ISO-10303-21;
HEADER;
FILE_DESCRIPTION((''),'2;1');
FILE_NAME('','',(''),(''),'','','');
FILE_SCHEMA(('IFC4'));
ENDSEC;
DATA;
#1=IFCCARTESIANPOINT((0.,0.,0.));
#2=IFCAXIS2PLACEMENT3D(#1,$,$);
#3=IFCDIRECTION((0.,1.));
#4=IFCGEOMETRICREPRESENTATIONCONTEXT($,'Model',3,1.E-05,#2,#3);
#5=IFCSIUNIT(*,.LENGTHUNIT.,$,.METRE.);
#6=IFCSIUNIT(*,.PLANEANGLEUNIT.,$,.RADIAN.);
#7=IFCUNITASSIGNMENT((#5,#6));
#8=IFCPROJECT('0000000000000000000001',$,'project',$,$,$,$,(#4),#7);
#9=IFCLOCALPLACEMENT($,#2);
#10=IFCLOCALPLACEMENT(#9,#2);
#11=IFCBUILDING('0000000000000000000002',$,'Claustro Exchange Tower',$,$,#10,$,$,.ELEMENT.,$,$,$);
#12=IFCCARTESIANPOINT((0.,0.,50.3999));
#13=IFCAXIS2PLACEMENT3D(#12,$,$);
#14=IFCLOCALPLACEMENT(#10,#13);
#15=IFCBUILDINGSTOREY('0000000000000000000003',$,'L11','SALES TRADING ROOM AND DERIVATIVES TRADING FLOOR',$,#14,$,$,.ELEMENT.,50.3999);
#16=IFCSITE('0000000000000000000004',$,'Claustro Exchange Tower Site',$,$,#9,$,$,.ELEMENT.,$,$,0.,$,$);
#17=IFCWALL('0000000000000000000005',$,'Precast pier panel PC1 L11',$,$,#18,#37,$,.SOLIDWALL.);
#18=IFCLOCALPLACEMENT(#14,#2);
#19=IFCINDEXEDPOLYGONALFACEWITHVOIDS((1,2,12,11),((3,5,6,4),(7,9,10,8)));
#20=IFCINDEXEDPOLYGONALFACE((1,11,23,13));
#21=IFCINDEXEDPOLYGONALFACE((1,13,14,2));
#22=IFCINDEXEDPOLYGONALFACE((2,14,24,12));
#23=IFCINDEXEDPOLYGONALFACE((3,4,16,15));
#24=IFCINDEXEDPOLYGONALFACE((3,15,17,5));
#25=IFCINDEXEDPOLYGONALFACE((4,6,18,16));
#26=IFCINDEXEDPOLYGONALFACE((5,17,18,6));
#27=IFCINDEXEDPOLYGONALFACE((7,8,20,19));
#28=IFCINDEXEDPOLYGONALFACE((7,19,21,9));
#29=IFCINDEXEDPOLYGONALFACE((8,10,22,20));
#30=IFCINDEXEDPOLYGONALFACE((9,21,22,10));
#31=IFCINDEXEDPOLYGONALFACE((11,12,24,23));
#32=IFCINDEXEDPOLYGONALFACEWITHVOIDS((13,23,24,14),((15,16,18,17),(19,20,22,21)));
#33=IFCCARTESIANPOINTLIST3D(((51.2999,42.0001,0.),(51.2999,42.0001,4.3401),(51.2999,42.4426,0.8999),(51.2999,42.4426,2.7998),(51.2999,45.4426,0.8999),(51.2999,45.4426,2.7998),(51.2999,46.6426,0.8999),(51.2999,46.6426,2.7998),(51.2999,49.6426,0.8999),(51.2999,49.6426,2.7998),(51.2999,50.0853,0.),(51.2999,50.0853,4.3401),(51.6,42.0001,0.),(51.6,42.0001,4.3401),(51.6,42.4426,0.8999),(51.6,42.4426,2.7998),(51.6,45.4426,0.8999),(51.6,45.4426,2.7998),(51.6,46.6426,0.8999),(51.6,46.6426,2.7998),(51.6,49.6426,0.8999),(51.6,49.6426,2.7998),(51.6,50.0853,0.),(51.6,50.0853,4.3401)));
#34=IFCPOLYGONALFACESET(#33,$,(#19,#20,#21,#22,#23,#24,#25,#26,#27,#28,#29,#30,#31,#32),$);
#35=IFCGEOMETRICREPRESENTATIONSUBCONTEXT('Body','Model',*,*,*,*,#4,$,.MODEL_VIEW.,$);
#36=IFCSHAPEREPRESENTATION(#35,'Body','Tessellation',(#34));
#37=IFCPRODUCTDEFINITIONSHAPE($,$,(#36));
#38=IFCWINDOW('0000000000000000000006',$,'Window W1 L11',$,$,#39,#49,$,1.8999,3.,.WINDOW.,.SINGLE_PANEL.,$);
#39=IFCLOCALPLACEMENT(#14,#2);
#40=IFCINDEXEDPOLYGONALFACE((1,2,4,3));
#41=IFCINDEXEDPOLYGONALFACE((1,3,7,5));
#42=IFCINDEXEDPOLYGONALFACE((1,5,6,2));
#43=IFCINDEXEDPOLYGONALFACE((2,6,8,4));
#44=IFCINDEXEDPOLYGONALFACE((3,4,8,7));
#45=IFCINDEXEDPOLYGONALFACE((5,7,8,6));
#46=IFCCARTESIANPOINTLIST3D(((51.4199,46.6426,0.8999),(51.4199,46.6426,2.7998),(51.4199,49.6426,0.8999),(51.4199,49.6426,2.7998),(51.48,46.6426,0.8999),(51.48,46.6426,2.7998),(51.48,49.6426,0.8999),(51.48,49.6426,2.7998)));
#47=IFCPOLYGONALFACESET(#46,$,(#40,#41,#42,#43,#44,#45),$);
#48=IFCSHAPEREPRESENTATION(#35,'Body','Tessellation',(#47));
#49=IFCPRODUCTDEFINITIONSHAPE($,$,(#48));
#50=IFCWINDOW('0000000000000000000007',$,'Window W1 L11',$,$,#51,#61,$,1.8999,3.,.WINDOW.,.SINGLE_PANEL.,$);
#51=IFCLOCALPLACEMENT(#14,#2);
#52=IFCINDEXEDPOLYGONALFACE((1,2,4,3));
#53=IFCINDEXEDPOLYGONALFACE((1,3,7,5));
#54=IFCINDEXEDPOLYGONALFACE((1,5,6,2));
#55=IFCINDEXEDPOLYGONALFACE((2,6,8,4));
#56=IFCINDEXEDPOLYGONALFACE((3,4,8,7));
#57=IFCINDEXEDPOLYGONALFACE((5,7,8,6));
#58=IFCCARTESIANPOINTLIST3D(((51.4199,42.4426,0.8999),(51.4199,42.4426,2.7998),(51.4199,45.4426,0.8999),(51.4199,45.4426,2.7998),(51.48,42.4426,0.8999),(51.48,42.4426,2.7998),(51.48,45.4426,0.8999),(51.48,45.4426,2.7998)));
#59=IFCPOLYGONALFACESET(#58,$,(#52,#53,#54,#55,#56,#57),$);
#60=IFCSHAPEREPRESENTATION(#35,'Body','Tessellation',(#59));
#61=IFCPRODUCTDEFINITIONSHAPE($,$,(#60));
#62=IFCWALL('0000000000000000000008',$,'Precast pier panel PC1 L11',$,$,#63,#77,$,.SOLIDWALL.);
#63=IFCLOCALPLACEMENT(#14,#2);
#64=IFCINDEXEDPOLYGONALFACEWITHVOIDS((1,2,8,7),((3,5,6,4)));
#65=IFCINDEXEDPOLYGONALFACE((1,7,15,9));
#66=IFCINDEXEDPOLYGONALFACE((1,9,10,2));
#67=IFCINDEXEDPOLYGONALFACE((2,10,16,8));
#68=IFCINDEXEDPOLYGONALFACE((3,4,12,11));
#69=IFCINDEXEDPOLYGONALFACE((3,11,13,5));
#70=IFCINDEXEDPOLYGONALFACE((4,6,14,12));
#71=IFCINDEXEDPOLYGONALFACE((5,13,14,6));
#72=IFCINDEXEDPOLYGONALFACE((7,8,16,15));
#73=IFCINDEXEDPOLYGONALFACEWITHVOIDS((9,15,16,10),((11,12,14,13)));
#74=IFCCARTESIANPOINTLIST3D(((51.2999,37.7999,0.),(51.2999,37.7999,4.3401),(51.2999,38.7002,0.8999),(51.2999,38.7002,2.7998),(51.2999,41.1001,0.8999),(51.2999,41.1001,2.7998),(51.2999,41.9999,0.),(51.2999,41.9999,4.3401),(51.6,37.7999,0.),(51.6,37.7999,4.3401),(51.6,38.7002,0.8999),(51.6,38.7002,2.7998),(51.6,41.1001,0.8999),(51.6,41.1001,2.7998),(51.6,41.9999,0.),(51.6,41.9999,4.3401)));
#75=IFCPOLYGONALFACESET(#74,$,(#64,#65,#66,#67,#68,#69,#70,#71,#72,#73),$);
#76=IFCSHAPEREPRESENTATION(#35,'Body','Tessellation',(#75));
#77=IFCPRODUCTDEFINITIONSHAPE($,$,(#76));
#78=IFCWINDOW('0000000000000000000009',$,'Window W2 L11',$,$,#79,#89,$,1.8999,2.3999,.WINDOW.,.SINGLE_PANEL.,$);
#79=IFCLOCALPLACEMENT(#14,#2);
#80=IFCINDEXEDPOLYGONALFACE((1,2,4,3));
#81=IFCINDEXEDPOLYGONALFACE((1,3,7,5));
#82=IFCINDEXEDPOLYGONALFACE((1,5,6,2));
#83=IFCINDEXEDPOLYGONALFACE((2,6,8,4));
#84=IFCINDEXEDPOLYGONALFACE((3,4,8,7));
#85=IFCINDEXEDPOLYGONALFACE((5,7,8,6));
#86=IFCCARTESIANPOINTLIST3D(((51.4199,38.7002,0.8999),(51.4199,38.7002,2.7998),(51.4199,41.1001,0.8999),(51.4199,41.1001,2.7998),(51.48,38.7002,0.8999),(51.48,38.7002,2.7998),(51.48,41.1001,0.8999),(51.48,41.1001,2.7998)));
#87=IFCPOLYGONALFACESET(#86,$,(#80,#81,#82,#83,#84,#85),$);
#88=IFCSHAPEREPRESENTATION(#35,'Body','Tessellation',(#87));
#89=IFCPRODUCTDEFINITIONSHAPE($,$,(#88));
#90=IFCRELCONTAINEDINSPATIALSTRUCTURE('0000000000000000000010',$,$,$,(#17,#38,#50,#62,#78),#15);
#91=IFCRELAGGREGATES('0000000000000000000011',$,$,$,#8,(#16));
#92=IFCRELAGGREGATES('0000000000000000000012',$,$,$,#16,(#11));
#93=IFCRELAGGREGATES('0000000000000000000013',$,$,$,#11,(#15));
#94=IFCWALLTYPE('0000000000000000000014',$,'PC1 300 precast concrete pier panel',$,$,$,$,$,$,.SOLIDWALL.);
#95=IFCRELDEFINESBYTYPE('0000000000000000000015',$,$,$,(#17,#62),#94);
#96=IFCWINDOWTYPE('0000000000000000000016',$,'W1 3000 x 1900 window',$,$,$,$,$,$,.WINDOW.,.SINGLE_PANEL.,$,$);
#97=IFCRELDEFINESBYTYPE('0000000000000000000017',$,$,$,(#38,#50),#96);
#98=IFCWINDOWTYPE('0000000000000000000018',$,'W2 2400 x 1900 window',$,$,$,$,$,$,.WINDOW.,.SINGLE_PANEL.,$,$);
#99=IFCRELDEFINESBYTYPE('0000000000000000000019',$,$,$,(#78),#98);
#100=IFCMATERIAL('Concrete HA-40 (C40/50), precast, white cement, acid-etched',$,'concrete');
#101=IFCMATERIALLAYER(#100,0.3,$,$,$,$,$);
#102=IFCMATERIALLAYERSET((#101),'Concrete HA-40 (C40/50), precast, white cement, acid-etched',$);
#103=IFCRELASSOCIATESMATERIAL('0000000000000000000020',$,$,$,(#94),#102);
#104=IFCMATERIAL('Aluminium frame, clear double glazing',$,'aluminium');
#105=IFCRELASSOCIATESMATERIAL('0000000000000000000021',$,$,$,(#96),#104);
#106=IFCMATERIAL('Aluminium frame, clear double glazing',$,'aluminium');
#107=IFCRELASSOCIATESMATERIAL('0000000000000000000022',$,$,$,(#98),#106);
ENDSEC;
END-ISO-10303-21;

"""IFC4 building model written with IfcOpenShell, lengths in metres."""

from ifc_helpers import new_model, si_unit, direction, frame, frame_2d, origin, place, context, subcontext, project, spatial, rectangle, extrude, material, layer, layer_set, type_object, element, fill, save


model = new_model("IFC4")

# Units and contexts
model_context = context("Model", 3, precision=1e-05, world=origin(), true_north=direction((0.0, 1.0)))
body_context = subcontext(model_context, "Body", "Model", "MODEL_VIEW")
ifc_project = project(units=[si_unit("LENGTHUNIT", "METRE"), si_unit("PLANEANGLEUNIT", "RADIAN")], contexts=[model_context])

# Site, building, storey
site_placement = place(None, origin())
site = spatial("IfcSite", under=ifc_project, at=site_placement, Name="Claustro Exchange Tower Site", CompositionType="ELEMENT", RefElevation=0.0)
building_placement = place(site_placement, origin())
building = spatial("IfcBuilding", under=site, at=building_placement, Name="Claustro Exchange Tower", CompositionType="ELEMENT")
storey_placement = place(building_placement, frame((0.0, 0.0, 50.3999)))
storey = spatial("IfcBuildingStorey", under=building, at=storey_placement, Name="L11", Description="SALES TRADING ROOM AND DERIVATIVES TRADING FLOOR", CompositionType="ELEMENT", Elevation=50.3999)

# Shared definitions
ifc_material_1 = material(Name="Concrete HA-40 (C40/50), precast, white cement, acid-etched", Category="concrete")
ifc_layer_1 = layer(ifc_material_1, 0.3)
ifc_layer_set_1 = layer_set([ifc_layer_1], Name="Concrete HA-40 (C40/50), precast, white cement, acid-etched")
wall_type_1 = type_object("IfcWallType", Name="PC1 300 precast concrete pier panel", PredefinedType="SOLIDWALL", material=ifc_layer_set_1)
ifc_material_2 = material(Name="Aluminium frame, clear double glazing", Category="aluminium")
window_type_1 = type_object("IfcWindowType", Name="W1 3000 x 1900 window", PartitioningType="SINGLE_PANEL", PredefinedType="WINDOW", material=ifc_material_2)

# Wall, openings, windows
wall_1_placement = place(storey_placement, frame((51.45, 50.0852, 0.0), z_axis=(0.0, 0.0, 1.0), x_axis=(0.0, -1.0, 0.0)))
wall_1 = element("IfcWall", 1, at=wall_1_placement, inside=storey, type_object=wall_type_1, Name="Precast pier panel PC1 L11", PredefinedType="SOLIDWALL", context=body_context, shape_type="SweptSolid", body=[
    extrude(rectangle(XDim=8.0852, YDim=0.3, at=frame_2d((4.0425, 0.0))), origin(), (0.0, 0.0, 1.0), 4.3401),
])
opening_1_placement = place(wall_1_placement, frame((0.4426, 0.0, 0.8999)))
opening_1 = element("IfcOpeningElement", 2, at=opening_1_placement, cuts=wall_1, PredefinedType="OPENING", context=body_context, shape_type="SweptSolid", body=[
    extrude(rectangle(XDim=3.0, YDim=1.8999, at=frame_2d((1.5, 0.95))), frame((0.0, 0.1599, 0.0), z_axis=(0.0, -1.0, 0.0), x_axis=(1.0, 0.0, 0.0)), (0.0, 0.0, 1.0), 0.3201),
])
opening_2_placement = place(wall_1_placement, frame((4.6426, 0.0, 0.8999)))
opening_2 = element("IfcOpeningElement", 3, at=opening_2_placement, cuts=wall_1, PredefinedType="OPENING", context=body_context, shape_type="SweptSolid", body=[
    extrude(rectangle(XDim=3.0, YDim=1.8999, at=frame_2d((1.5, 0.95))), frame((0.0, 0.1599, 0.0), z_axis=(0.0, -1.0, 0.0), x_axis=(1.0, 0.0, 0.0)), (0.0, 0.0, 1.0), 0.3201),
])
window_1_placement = place(opening_1_placement, origin())
window_1 = element("IfcWindow", 4, at=window_1_placement, inside=storey, type_object=window_type_1, Name="Window W1 L11", OverallHeight=1.8999, OverallWidth=3.0, PartitioningType="SINGLE_PANEL", PredefinedType="WINDOW", context=body_context, shape_type="SweptSolid", body=[
    extrude(rectangle(XDim=3.0, YDim=1.8999, at=frame_2d((1.5, 0.95))), frame((0.0, 0.03, 0.0), z_axis=(0.0, -1.0, 0.0), x_axis=(1.0, 0.0, 0.0)), (0.0, 0.0, 1.0), 0.0601),
])
fill(opening_1, window_1)
window_2_placement = place(opening_2_placement, origin())
window_2 = element("IfcWindow", 5, at=window_2_placement, inside=storey, type_object=window_type_1, Name="Window W1 L11", OverallHeight=1.8999, OverallWidth=3.0, PartitioningType="SINGLE_PANEL", PredefinedType="WINDOW", context=body_context, shape_type="SweptSolid", body=[
    extrude(rectangle(XDim=3.0, YDim=1.8999, at=frame_2d((1.5, 0.95))), frame((0.0, 0.03, 0.0), z_axis=(0.0, -1.0, 0.0), x_axis=(1.0, 0.0, 0.0)), (0.0, 0.0, 1.0), 0.0601),
])
fill(opening_2, window_2)

# Wall, opening, window
wall_2_placement = place(storey_placement, frame((51.45, 42.0, 0.0), z_axis=(0.0, 0.0, 1.0), x_axis=(0.0, -1.0, 0.0)))
wall_2 = element("IfcWall", 6, at=wall_2_placement, inside=storey, type_object=wall_type_1, Name="Precast pier panel PC1 L11", PredefinedType="SOLIDWALL", context=body_context, shape_type="SweptSolid", body=[
    extrude(rectangle(XDim=4.2, YDim=0.3, at=frame_2d((2.1001, 0.0))), origin(), (0.0, 0.0, 1.0), 4.3401),
])
opening_3_placement = place(wall_2_placement, frame((0.8999, 0.0, 0.8999)))
opening_3 = element("IfcOpeningElement", 7, at=opening_3_placement, cuts=wall_2, PredefinedType="OPENING", context=body_context, shape_type="SweptSolid", body=[
    extrude(rectangle(XDim=2.3999, YDim=1.8999, at=frame_2d((1.2, 0.95))), frame((0.0, 0.1599, 0.0), z_axis=(0.0, -1.0, 0.0), x_axis=(1.0, 0.0, 0.0)), (0.0, 0.0, 1.0), 0.3201),
])
ifc_material_3 = material(Name="Aluminium frame, clear double glazing", Category="aluminium")
window_type_2 = type_object("IfcWindowType", Name="W2 2400 x 1900 window", PartitioningType="SINGLE_PANEL", PredefinedType="WINDOW", material=ifc_material_3)
window_3_placement = place(opening_3_placement, origin())
window_3 = element("IfcWindow", 8, at=window_3_placement, inside=storey, type_object=window_type_2, Name="Window W2 L11", OverallHeight=1.8999, OverallWidth=2.3999, PartitioningType="SINGLE_PANEL", PredefinedType="WINDOW", context=body_context, shape_type="SweptSolid", body=[
    extrude(rectangle(XDim=2.3999, YDim=1.8999, at=frame_2d((1.2, 0.95))), frame((0.0, 0.03, 0.0), z_axis=(0.0, -1.0, 0.0), x_axis=(1.0, 0.0, 0.0)), (0.0, 0.0, 1.0), 0.0601),
])
fill(opening_3, window_3)

save(model, "model.ifc")
